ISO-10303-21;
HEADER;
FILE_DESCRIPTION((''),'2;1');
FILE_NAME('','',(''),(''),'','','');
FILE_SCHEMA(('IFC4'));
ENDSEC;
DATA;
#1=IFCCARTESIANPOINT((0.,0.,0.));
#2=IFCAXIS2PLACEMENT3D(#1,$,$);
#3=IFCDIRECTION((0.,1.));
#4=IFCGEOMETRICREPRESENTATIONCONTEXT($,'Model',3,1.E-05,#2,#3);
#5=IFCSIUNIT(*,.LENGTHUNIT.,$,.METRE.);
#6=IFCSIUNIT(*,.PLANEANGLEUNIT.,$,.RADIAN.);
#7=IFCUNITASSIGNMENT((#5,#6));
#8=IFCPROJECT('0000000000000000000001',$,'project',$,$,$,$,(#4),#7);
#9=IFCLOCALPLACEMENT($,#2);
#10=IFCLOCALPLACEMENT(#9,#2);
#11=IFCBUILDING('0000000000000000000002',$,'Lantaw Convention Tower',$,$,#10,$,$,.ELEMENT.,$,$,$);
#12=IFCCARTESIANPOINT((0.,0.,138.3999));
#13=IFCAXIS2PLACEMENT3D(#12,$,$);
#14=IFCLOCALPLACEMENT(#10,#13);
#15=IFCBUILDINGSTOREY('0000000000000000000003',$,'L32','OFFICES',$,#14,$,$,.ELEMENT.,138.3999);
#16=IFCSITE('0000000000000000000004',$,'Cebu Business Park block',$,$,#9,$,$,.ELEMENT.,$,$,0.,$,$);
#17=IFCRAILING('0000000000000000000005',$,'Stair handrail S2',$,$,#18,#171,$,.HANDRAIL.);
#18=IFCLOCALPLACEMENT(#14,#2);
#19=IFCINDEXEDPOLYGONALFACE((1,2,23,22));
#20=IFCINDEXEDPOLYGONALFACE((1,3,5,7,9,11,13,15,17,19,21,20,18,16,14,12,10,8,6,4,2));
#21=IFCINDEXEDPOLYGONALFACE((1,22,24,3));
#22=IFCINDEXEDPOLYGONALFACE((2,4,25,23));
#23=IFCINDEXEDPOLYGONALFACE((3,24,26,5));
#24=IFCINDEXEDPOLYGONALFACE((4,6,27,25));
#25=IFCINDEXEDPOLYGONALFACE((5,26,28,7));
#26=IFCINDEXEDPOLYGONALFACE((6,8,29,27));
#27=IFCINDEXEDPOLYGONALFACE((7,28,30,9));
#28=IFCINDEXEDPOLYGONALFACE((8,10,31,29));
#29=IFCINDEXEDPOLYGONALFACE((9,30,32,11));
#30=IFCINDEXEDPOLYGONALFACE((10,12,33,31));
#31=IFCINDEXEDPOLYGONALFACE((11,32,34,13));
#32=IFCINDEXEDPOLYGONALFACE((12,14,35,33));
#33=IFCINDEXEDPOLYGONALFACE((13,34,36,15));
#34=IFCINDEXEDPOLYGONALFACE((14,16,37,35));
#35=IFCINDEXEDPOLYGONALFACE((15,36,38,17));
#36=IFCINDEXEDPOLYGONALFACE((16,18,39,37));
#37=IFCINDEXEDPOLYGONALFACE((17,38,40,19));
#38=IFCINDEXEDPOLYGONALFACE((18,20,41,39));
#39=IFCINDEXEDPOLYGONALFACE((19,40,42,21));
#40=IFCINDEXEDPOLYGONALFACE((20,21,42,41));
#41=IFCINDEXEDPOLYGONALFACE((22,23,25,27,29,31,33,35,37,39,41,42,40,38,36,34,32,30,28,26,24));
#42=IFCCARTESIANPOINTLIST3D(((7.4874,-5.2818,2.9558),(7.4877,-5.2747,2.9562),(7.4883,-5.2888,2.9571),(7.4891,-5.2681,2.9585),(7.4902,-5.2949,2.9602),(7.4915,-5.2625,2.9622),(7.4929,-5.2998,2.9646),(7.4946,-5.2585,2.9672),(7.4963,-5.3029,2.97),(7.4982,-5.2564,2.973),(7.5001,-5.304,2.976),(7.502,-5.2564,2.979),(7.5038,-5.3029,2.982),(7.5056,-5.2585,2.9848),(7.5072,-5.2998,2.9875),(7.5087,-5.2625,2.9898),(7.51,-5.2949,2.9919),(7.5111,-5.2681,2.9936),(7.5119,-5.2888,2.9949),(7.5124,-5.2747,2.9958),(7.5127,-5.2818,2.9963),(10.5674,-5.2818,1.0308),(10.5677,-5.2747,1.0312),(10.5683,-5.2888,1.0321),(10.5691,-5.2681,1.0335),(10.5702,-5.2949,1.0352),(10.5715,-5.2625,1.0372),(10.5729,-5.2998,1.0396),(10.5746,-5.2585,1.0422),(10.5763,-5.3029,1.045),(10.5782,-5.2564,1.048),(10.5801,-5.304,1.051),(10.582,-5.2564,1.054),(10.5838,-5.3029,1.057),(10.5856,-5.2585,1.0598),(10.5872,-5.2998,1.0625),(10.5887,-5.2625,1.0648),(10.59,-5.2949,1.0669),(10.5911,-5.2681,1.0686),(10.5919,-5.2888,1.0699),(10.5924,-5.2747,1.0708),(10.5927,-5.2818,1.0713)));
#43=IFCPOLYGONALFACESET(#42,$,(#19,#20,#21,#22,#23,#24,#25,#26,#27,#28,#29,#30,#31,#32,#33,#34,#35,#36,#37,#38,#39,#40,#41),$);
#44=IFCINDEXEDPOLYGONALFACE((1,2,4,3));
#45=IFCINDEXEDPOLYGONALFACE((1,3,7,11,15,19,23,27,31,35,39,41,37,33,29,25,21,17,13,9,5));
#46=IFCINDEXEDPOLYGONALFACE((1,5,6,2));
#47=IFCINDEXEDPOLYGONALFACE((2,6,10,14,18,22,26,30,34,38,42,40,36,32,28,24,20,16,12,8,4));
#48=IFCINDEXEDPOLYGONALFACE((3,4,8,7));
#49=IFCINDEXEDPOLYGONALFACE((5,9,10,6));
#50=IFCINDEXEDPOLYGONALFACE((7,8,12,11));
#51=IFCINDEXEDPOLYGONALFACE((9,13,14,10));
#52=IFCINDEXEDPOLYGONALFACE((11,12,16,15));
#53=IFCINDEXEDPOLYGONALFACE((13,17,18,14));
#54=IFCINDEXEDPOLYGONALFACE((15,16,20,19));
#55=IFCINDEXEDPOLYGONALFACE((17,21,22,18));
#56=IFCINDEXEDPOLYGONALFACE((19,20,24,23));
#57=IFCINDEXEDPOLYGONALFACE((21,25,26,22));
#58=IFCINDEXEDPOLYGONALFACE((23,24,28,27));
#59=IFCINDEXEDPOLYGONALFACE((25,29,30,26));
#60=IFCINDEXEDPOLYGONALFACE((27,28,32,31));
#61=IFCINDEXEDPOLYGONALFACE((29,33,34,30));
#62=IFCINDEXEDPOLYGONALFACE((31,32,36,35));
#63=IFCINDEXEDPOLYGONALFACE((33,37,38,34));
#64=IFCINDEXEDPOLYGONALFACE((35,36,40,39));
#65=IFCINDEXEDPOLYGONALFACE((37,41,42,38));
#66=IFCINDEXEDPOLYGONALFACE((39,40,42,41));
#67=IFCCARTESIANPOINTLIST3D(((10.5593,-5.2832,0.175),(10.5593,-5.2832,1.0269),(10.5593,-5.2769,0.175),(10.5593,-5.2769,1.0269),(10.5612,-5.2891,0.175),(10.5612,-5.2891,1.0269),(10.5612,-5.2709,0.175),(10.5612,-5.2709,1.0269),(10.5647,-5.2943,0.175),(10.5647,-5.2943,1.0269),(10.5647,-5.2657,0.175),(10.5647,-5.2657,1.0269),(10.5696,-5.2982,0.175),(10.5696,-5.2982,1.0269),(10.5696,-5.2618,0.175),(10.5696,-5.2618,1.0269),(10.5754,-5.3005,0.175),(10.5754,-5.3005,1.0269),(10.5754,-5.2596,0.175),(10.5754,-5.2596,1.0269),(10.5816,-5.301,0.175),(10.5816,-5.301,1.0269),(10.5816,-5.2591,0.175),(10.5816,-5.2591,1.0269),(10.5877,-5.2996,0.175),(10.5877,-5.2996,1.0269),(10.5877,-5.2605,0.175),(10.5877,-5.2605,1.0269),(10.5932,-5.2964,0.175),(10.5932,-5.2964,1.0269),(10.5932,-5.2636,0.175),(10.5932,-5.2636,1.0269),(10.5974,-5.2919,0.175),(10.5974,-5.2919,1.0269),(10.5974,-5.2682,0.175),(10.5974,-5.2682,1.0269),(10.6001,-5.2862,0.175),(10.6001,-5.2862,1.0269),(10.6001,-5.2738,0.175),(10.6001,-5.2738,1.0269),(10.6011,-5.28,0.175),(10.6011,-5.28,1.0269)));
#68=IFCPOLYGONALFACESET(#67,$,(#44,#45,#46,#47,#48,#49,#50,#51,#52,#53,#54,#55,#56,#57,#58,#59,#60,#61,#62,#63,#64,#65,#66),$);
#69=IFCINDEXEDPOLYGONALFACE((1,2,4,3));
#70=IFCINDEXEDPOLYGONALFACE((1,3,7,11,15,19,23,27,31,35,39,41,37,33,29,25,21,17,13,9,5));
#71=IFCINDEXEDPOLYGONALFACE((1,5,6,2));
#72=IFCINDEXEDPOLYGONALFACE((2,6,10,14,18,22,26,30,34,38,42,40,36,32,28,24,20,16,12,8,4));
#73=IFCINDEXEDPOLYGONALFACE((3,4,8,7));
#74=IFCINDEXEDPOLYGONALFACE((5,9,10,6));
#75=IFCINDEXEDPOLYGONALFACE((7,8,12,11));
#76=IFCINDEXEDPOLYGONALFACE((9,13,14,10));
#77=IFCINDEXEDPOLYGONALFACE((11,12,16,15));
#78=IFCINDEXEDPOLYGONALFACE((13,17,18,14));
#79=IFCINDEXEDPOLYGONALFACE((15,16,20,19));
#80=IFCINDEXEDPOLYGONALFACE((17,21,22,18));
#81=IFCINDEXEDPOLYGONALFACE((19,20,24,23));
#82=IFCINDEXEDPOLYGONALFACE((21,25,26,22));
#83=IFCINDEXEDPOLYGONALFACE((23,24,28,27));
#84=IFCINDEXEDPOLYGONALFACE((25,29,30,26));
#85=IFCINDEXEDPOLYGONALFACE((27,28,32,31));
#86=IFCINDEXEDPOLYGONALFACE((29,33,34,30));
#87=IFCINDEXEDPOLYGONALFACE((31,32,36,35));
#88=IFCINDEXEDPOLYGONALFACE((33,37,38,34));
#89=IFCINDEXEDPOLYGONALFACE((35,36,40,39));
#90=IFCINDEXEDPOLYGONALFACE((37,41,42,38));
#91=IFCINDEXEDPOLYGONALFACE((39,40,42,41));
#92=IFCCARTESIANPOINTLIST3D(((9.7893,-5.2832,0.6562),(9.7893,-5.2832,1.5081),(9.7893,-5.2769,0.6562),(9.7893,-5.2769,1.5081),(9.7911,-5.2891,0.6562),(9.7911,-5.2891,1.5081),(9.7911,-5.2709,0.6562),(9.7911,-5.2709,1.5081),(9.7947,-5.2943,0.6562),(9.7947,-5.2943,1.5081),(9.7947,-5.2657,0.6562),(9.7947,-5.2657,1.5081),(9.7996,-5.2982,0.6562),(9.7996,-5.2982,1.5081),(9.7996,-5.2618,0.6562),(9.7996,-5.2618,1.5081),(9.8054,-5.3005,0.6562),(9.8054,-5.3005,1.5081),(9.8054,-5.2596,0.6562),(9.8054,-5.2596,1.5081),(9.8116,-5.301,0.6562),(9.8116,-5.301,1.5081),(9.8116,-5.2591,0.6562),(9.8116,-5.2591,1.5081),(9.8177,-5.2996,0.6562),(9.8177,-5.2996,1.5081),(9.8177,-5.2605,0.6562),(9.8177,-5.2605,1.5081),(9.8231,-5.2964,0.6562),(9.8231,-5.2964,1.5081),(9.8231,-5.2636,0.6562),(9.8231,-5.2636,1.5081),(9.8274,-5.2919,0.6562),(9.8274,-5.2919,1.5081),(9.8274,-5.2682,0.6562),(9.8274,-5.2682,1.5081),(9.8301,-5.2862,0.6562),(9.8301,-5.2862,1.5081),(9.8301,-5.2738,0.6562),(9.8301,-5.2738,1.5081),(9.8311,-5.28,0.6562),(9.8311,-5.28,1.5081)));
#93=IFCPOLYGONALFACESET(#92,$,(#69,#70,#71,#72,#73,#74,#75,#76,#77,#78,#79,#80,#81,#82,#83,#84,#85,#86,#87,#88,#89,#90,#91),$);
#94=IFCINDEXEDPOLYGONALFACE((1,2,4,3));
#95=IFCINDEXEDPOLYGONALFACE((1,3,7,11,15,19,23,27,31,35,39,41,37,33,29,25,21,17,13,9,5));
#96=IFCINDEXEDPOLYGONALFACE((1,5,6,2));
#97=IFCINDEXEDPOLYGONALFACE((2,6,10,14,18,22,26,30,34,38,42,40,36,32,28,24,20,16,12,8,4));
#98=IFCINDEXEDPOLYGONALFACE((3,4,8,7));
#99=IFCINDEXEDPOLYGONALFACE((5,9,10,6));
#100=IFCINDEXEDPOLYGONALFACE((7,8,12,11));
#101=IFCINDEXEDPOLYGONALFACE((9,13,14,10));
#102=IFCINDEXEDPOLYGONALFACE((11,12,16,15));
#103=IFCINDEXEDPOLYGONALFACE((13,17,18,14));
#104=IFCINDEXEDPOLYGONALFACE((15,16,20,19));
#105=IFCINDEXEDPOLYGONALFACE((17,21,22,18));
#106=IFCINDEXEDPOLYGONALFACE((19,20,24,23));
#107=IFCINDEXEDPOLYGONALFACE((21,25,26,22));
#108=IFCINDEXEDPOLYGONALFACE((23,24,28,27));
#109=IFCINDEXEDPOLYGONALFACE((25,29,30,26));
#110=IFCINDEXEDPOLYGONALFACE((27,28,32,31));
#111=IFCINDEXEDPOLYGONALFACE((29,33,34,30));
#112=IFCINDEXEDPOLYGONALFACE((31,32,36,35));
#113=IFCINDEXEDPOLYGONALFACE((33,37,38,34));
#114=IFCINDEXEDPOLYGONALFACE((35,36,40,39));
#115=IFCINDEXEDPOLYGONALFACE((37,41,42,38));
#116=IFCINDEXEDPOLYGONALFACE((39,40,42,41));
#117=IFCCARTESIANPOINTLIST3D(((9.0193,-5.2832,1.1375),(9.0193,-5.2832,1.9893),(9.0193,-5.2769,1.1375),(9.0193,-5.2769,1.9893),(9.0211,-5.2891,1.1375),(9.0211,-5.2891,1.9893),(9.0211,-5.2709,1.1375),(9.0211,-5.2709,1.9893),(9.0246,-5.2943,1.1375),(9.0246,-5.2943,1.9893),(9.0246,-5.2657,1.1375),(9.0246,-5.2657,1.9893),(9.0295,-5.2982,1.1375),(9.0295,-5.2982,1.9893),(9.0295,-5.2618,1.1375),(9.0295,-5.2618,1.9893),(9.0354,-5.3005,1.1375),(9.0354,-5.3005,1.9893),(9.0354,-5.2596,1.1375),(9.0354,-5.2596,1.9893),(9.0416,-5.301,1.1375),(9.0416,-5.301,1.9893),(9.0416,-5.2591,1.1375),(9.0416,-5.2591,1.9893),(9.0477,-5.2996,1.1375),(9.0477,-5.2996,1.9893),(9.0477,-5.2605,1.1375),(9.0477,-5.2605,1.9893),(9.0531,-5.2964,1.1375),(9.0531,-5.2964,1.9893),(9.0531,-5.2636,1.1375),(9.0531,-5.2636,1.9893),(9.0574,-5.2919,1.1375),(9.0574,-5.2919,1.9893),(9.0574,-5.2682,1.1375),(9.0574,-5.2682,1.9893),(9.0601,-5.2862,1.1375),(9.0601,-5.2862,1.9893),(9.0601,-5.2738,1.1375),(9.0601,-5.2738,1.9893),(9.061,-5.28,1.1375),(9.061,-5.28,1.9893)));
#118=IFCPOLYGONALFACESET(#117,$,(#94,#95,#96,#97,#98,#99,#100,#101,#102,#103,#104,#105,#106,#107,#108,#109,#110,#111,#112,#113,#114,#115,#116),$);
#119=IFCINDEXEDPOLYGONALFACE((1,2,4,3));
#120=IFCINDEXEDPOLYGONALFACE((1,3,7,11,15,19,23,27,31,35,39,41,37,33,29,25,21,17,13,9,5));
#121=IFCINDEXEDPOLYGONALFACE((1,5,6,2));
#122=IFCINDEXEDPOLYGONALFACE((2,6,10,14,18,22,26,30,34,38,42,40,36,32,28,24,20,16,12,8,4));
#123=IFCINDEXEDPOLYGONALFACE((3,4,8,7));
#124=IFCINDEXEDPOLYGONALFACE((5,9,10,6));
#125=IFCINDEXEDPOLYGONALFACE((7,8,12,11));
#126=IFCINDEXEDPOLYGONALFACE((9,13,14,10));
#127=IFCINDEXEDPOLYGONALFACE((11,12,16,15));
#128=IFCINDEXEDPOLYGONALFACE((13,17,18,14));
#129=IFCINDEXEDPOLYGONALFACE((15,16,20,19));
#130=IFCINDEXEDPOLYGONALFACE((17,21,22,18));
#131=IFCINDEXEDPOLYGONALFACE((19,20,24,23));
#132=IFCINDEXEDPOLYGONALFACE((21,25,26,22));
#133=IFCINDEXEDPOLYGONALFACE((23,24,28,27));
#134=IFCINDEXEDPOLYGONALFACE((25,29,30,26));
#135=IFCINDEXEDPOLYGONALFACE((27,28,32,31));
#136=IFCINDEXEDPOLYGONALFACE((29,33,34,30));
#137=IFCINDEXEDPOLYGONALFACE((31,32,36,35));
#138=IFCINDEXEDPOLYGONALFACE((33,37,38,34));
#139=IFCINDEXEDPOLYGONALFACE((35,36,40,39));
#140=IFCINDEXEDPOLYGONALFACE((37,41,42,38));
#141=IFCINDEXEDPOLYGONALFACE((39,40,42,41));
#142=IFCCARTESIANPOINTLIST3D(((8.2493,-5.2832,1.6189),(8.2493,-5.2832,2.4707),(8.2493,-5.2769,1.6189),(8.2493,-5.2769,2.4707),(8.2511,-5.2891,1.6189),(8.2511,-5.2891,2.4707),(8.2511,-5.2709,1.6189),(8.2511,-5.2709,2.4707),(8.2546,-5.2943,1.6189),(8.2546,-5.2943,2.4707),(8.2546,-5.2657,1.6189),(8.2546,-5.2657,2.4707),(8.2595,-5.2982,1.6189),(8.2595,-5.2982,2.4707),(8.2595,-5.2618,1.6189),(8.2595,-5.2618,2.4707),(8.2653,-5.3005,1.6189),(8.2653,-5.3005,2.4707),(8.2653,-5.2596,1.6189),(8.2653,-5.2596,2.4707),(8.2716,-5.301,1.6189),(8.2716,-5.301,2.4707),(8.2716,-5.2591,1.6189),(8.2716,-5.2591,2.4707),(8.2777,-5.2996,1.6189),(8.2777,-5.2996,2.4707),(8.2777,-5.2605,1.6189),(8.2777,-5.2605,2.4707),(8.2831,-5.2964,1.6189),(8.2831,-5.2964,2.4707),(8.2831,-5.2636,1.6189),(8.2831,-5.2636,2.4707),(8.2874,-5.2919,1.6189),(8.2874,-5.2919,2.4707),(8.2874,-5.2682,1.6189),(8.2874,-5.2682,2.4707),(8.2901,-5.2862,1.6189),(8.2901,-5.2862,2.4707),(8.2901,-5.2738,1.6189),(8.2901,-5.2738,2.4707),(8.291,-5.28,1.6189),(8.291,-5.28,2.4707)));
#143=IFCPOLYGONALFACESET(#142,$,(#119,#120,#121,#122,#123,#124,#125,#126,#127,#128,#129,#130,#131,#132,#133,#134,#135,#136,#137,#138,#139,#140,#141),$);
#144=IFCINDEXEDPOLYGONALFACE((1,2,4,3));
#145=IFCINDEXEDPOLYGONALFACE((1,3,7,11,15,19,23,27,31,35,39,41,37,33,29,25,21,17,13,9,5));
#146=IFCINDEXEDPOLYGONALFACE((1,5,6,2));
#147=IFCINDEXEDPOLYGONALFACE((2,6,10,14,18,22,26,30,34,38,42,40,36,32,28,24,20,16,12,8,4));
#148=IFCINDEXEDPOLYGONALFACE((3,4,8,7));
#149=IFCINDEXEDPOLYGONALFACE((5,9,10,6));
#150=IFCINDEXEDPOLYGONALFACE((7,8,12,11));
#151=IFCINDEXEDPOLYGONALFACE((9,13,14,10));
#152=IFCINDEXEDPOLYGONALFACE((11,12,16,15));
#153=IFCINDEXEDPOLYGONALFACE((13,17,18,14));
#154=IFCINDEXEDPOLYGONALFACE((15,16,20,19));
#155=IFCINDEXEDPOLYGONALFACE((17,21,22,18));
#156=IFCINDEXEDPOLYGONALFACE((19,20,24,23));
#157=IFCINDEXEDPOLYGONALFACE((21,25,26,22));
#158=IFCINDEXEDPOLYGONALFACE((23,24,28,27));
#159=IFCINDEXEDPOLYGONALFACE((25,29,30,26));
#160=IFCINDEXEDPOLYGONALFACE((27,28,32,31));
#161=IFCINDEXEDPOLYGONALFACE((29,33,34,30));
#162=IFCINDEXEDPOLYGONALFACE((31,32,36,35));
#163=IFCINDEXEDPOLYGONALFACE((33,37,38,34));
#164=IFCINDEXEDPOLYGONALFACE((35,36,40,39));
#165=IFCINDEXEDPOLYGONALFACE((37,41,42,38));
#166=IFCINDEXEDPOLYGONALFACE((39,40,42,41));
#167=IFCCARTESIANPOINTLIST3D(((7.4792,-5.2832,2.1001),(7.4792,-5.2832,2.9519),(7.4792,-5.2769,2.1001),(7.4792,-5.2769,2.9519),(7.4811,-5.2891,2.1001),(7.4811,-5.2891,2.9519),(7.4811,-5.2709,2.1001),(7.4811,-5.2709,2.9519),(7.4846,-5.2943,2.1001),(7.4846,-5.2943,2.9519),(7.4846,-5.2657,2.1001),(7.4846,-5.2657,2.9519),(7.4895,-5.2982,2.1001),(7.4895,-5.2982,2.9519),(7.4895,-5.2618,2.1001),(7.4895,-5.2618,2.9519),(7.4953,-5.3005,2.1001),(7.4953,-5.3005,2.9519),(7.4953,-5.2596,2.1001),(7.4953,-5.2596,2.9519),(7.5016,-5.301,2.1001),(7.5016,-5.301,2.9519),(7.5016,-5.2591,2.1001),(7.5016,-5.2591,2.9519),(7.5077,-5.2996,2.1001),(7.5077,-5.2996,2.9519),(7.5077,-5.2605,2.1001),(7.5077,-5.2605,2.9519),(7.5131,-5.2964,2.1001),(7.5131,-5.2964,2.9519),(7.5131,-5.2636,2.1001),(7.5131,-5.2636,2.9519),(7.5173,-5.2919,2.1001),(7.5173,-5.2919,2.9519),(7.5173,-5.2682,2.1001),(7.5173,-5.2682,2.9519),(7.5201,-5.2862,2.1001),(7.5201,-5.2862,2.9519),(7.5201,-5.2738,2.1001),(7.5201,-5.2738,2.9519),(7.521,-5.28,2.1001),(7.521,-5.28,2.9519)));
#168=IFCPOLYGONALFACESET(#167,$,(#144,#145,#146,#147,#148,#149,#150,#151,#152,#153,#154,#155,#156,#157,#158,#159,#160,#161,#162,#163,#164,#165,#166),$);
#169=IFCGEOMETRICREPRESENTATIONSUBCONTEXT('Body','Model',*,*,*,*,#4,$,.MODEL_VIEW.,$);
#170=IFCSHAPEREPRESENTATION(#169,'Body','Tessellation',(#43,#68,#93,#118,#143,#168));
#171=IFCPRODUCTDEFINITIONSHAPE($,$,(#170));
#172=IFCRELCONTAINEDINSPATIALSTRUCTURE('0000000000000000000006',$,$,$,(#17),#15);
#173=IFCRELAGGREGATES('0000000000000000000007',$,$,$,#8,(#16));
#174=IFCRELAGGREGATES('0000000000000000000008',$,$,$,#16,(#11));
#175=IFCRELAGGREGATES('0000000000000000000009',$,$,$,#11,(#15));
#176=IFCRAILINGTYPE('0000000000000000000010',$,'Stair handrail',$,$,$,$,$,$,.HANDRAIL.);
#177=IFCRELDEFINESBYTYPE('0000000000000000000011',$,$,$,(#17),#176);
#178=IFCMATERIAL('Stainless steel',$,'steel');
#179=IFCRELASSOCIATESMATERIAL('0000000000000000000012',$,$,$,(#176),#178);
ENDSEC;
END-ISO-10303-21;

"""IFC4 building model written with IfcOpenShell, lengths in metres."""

from ifc_helpers import new_model, si_unit, direction, frame, origin, origin_2d, place, context, subcontext, project, spatial, circle, extrude, material, type_object, element, save


model = new_model("IFC4")

# Units and contexts
model_context = context("Model", 3, precision=1e-05, world=origin(), true_north=direction((0.0, 1.0)))
body_context = subcontext(model_context, "Body", "Model", "MODEL_VIEW")
ifc_project = project(units=[si_unit("LENGTHUNIT", "METRE"), si_unit("PLANEANGLEUNIT", "RADIAN")], contexts=[model_context])

# Site, building, storey
site_placement = place(None, origin())
site = spatial("IfcSite", under=ifc_project, at=site_placement, Name="Cebu Business Park block", CompositionType="ELEMENT", RefElevation=0.0)
building_placement = place(site_placement, origin())
building = spatial("IfcBuilding", under=site, at=building_placement, Name="Lantaw Convention Tower", CompositionType="ELEMENT")
storey_placement = place(building_placement, frame((0.0, 0.0, 138.3999)))
storey = spatial("IfcBuildingStorey", under=building, at=storey_placement, Name="L32", Description="OFFICES", CompositionType="ELEMENT", Elevation=138.3999)

# Railing
ifc_material_1 = material(Name="Stainless steel", Category="steel")
railing_type = type_object("IfcRailingType", Name="Stair handrail", PredefinedType="HANDRAIL", material=ifc_material_1)
railing_1_placement = place(storey_placement, frame((10.5801, -5.28, 0.175)))
element("IfcRailing", 1, at=railing_1_placement, inside=storey, type_object=railing_type, Name="Stair handrail S2", PredefinedType="HANDRAIL", context=body_context, shape_type="SweptSolid", body=[
    extrude(circle(Radius=0.0239, at=origin_2d()), frame((0.0, 0.0, 0.876), z_axis=(-0.847998, 0.0, 0.529999), x_axis=(0.0, -1.0, 0.0)), (0.0, 0.0, 1.0), 3.6321),
    extrude(circle(Radius=0.021, at=origin_2d()), origin(), (0.0, 0.0, 1.0), 0.8518),
    extrude(circle(Radius=0.021, at=origin_2d()), frame((-0.77, 0.0, 0.4812)), (0.0, 0.0, 1.0), 0.8518),
    extrude(circle(Radius=0.021, at=origin_2d()), frame((-1.54, 0.0, 0.9624)), (0.0, 0.0, 1.0), 0.8518),
    extrude(circle(Radius=0.021, at=origin_2d()), frame((-2.3101, 0.0, 1.4438)), (0.0, 0.0, 1.0), 0.8518),
    extrude(circle(Radius=0.021, at=origin_2d()), frame((-3.0801, 0.0, 1.925)), (0.0, 0.0, 1.0), 0.8518),
])

save(model, "model.ifc")
